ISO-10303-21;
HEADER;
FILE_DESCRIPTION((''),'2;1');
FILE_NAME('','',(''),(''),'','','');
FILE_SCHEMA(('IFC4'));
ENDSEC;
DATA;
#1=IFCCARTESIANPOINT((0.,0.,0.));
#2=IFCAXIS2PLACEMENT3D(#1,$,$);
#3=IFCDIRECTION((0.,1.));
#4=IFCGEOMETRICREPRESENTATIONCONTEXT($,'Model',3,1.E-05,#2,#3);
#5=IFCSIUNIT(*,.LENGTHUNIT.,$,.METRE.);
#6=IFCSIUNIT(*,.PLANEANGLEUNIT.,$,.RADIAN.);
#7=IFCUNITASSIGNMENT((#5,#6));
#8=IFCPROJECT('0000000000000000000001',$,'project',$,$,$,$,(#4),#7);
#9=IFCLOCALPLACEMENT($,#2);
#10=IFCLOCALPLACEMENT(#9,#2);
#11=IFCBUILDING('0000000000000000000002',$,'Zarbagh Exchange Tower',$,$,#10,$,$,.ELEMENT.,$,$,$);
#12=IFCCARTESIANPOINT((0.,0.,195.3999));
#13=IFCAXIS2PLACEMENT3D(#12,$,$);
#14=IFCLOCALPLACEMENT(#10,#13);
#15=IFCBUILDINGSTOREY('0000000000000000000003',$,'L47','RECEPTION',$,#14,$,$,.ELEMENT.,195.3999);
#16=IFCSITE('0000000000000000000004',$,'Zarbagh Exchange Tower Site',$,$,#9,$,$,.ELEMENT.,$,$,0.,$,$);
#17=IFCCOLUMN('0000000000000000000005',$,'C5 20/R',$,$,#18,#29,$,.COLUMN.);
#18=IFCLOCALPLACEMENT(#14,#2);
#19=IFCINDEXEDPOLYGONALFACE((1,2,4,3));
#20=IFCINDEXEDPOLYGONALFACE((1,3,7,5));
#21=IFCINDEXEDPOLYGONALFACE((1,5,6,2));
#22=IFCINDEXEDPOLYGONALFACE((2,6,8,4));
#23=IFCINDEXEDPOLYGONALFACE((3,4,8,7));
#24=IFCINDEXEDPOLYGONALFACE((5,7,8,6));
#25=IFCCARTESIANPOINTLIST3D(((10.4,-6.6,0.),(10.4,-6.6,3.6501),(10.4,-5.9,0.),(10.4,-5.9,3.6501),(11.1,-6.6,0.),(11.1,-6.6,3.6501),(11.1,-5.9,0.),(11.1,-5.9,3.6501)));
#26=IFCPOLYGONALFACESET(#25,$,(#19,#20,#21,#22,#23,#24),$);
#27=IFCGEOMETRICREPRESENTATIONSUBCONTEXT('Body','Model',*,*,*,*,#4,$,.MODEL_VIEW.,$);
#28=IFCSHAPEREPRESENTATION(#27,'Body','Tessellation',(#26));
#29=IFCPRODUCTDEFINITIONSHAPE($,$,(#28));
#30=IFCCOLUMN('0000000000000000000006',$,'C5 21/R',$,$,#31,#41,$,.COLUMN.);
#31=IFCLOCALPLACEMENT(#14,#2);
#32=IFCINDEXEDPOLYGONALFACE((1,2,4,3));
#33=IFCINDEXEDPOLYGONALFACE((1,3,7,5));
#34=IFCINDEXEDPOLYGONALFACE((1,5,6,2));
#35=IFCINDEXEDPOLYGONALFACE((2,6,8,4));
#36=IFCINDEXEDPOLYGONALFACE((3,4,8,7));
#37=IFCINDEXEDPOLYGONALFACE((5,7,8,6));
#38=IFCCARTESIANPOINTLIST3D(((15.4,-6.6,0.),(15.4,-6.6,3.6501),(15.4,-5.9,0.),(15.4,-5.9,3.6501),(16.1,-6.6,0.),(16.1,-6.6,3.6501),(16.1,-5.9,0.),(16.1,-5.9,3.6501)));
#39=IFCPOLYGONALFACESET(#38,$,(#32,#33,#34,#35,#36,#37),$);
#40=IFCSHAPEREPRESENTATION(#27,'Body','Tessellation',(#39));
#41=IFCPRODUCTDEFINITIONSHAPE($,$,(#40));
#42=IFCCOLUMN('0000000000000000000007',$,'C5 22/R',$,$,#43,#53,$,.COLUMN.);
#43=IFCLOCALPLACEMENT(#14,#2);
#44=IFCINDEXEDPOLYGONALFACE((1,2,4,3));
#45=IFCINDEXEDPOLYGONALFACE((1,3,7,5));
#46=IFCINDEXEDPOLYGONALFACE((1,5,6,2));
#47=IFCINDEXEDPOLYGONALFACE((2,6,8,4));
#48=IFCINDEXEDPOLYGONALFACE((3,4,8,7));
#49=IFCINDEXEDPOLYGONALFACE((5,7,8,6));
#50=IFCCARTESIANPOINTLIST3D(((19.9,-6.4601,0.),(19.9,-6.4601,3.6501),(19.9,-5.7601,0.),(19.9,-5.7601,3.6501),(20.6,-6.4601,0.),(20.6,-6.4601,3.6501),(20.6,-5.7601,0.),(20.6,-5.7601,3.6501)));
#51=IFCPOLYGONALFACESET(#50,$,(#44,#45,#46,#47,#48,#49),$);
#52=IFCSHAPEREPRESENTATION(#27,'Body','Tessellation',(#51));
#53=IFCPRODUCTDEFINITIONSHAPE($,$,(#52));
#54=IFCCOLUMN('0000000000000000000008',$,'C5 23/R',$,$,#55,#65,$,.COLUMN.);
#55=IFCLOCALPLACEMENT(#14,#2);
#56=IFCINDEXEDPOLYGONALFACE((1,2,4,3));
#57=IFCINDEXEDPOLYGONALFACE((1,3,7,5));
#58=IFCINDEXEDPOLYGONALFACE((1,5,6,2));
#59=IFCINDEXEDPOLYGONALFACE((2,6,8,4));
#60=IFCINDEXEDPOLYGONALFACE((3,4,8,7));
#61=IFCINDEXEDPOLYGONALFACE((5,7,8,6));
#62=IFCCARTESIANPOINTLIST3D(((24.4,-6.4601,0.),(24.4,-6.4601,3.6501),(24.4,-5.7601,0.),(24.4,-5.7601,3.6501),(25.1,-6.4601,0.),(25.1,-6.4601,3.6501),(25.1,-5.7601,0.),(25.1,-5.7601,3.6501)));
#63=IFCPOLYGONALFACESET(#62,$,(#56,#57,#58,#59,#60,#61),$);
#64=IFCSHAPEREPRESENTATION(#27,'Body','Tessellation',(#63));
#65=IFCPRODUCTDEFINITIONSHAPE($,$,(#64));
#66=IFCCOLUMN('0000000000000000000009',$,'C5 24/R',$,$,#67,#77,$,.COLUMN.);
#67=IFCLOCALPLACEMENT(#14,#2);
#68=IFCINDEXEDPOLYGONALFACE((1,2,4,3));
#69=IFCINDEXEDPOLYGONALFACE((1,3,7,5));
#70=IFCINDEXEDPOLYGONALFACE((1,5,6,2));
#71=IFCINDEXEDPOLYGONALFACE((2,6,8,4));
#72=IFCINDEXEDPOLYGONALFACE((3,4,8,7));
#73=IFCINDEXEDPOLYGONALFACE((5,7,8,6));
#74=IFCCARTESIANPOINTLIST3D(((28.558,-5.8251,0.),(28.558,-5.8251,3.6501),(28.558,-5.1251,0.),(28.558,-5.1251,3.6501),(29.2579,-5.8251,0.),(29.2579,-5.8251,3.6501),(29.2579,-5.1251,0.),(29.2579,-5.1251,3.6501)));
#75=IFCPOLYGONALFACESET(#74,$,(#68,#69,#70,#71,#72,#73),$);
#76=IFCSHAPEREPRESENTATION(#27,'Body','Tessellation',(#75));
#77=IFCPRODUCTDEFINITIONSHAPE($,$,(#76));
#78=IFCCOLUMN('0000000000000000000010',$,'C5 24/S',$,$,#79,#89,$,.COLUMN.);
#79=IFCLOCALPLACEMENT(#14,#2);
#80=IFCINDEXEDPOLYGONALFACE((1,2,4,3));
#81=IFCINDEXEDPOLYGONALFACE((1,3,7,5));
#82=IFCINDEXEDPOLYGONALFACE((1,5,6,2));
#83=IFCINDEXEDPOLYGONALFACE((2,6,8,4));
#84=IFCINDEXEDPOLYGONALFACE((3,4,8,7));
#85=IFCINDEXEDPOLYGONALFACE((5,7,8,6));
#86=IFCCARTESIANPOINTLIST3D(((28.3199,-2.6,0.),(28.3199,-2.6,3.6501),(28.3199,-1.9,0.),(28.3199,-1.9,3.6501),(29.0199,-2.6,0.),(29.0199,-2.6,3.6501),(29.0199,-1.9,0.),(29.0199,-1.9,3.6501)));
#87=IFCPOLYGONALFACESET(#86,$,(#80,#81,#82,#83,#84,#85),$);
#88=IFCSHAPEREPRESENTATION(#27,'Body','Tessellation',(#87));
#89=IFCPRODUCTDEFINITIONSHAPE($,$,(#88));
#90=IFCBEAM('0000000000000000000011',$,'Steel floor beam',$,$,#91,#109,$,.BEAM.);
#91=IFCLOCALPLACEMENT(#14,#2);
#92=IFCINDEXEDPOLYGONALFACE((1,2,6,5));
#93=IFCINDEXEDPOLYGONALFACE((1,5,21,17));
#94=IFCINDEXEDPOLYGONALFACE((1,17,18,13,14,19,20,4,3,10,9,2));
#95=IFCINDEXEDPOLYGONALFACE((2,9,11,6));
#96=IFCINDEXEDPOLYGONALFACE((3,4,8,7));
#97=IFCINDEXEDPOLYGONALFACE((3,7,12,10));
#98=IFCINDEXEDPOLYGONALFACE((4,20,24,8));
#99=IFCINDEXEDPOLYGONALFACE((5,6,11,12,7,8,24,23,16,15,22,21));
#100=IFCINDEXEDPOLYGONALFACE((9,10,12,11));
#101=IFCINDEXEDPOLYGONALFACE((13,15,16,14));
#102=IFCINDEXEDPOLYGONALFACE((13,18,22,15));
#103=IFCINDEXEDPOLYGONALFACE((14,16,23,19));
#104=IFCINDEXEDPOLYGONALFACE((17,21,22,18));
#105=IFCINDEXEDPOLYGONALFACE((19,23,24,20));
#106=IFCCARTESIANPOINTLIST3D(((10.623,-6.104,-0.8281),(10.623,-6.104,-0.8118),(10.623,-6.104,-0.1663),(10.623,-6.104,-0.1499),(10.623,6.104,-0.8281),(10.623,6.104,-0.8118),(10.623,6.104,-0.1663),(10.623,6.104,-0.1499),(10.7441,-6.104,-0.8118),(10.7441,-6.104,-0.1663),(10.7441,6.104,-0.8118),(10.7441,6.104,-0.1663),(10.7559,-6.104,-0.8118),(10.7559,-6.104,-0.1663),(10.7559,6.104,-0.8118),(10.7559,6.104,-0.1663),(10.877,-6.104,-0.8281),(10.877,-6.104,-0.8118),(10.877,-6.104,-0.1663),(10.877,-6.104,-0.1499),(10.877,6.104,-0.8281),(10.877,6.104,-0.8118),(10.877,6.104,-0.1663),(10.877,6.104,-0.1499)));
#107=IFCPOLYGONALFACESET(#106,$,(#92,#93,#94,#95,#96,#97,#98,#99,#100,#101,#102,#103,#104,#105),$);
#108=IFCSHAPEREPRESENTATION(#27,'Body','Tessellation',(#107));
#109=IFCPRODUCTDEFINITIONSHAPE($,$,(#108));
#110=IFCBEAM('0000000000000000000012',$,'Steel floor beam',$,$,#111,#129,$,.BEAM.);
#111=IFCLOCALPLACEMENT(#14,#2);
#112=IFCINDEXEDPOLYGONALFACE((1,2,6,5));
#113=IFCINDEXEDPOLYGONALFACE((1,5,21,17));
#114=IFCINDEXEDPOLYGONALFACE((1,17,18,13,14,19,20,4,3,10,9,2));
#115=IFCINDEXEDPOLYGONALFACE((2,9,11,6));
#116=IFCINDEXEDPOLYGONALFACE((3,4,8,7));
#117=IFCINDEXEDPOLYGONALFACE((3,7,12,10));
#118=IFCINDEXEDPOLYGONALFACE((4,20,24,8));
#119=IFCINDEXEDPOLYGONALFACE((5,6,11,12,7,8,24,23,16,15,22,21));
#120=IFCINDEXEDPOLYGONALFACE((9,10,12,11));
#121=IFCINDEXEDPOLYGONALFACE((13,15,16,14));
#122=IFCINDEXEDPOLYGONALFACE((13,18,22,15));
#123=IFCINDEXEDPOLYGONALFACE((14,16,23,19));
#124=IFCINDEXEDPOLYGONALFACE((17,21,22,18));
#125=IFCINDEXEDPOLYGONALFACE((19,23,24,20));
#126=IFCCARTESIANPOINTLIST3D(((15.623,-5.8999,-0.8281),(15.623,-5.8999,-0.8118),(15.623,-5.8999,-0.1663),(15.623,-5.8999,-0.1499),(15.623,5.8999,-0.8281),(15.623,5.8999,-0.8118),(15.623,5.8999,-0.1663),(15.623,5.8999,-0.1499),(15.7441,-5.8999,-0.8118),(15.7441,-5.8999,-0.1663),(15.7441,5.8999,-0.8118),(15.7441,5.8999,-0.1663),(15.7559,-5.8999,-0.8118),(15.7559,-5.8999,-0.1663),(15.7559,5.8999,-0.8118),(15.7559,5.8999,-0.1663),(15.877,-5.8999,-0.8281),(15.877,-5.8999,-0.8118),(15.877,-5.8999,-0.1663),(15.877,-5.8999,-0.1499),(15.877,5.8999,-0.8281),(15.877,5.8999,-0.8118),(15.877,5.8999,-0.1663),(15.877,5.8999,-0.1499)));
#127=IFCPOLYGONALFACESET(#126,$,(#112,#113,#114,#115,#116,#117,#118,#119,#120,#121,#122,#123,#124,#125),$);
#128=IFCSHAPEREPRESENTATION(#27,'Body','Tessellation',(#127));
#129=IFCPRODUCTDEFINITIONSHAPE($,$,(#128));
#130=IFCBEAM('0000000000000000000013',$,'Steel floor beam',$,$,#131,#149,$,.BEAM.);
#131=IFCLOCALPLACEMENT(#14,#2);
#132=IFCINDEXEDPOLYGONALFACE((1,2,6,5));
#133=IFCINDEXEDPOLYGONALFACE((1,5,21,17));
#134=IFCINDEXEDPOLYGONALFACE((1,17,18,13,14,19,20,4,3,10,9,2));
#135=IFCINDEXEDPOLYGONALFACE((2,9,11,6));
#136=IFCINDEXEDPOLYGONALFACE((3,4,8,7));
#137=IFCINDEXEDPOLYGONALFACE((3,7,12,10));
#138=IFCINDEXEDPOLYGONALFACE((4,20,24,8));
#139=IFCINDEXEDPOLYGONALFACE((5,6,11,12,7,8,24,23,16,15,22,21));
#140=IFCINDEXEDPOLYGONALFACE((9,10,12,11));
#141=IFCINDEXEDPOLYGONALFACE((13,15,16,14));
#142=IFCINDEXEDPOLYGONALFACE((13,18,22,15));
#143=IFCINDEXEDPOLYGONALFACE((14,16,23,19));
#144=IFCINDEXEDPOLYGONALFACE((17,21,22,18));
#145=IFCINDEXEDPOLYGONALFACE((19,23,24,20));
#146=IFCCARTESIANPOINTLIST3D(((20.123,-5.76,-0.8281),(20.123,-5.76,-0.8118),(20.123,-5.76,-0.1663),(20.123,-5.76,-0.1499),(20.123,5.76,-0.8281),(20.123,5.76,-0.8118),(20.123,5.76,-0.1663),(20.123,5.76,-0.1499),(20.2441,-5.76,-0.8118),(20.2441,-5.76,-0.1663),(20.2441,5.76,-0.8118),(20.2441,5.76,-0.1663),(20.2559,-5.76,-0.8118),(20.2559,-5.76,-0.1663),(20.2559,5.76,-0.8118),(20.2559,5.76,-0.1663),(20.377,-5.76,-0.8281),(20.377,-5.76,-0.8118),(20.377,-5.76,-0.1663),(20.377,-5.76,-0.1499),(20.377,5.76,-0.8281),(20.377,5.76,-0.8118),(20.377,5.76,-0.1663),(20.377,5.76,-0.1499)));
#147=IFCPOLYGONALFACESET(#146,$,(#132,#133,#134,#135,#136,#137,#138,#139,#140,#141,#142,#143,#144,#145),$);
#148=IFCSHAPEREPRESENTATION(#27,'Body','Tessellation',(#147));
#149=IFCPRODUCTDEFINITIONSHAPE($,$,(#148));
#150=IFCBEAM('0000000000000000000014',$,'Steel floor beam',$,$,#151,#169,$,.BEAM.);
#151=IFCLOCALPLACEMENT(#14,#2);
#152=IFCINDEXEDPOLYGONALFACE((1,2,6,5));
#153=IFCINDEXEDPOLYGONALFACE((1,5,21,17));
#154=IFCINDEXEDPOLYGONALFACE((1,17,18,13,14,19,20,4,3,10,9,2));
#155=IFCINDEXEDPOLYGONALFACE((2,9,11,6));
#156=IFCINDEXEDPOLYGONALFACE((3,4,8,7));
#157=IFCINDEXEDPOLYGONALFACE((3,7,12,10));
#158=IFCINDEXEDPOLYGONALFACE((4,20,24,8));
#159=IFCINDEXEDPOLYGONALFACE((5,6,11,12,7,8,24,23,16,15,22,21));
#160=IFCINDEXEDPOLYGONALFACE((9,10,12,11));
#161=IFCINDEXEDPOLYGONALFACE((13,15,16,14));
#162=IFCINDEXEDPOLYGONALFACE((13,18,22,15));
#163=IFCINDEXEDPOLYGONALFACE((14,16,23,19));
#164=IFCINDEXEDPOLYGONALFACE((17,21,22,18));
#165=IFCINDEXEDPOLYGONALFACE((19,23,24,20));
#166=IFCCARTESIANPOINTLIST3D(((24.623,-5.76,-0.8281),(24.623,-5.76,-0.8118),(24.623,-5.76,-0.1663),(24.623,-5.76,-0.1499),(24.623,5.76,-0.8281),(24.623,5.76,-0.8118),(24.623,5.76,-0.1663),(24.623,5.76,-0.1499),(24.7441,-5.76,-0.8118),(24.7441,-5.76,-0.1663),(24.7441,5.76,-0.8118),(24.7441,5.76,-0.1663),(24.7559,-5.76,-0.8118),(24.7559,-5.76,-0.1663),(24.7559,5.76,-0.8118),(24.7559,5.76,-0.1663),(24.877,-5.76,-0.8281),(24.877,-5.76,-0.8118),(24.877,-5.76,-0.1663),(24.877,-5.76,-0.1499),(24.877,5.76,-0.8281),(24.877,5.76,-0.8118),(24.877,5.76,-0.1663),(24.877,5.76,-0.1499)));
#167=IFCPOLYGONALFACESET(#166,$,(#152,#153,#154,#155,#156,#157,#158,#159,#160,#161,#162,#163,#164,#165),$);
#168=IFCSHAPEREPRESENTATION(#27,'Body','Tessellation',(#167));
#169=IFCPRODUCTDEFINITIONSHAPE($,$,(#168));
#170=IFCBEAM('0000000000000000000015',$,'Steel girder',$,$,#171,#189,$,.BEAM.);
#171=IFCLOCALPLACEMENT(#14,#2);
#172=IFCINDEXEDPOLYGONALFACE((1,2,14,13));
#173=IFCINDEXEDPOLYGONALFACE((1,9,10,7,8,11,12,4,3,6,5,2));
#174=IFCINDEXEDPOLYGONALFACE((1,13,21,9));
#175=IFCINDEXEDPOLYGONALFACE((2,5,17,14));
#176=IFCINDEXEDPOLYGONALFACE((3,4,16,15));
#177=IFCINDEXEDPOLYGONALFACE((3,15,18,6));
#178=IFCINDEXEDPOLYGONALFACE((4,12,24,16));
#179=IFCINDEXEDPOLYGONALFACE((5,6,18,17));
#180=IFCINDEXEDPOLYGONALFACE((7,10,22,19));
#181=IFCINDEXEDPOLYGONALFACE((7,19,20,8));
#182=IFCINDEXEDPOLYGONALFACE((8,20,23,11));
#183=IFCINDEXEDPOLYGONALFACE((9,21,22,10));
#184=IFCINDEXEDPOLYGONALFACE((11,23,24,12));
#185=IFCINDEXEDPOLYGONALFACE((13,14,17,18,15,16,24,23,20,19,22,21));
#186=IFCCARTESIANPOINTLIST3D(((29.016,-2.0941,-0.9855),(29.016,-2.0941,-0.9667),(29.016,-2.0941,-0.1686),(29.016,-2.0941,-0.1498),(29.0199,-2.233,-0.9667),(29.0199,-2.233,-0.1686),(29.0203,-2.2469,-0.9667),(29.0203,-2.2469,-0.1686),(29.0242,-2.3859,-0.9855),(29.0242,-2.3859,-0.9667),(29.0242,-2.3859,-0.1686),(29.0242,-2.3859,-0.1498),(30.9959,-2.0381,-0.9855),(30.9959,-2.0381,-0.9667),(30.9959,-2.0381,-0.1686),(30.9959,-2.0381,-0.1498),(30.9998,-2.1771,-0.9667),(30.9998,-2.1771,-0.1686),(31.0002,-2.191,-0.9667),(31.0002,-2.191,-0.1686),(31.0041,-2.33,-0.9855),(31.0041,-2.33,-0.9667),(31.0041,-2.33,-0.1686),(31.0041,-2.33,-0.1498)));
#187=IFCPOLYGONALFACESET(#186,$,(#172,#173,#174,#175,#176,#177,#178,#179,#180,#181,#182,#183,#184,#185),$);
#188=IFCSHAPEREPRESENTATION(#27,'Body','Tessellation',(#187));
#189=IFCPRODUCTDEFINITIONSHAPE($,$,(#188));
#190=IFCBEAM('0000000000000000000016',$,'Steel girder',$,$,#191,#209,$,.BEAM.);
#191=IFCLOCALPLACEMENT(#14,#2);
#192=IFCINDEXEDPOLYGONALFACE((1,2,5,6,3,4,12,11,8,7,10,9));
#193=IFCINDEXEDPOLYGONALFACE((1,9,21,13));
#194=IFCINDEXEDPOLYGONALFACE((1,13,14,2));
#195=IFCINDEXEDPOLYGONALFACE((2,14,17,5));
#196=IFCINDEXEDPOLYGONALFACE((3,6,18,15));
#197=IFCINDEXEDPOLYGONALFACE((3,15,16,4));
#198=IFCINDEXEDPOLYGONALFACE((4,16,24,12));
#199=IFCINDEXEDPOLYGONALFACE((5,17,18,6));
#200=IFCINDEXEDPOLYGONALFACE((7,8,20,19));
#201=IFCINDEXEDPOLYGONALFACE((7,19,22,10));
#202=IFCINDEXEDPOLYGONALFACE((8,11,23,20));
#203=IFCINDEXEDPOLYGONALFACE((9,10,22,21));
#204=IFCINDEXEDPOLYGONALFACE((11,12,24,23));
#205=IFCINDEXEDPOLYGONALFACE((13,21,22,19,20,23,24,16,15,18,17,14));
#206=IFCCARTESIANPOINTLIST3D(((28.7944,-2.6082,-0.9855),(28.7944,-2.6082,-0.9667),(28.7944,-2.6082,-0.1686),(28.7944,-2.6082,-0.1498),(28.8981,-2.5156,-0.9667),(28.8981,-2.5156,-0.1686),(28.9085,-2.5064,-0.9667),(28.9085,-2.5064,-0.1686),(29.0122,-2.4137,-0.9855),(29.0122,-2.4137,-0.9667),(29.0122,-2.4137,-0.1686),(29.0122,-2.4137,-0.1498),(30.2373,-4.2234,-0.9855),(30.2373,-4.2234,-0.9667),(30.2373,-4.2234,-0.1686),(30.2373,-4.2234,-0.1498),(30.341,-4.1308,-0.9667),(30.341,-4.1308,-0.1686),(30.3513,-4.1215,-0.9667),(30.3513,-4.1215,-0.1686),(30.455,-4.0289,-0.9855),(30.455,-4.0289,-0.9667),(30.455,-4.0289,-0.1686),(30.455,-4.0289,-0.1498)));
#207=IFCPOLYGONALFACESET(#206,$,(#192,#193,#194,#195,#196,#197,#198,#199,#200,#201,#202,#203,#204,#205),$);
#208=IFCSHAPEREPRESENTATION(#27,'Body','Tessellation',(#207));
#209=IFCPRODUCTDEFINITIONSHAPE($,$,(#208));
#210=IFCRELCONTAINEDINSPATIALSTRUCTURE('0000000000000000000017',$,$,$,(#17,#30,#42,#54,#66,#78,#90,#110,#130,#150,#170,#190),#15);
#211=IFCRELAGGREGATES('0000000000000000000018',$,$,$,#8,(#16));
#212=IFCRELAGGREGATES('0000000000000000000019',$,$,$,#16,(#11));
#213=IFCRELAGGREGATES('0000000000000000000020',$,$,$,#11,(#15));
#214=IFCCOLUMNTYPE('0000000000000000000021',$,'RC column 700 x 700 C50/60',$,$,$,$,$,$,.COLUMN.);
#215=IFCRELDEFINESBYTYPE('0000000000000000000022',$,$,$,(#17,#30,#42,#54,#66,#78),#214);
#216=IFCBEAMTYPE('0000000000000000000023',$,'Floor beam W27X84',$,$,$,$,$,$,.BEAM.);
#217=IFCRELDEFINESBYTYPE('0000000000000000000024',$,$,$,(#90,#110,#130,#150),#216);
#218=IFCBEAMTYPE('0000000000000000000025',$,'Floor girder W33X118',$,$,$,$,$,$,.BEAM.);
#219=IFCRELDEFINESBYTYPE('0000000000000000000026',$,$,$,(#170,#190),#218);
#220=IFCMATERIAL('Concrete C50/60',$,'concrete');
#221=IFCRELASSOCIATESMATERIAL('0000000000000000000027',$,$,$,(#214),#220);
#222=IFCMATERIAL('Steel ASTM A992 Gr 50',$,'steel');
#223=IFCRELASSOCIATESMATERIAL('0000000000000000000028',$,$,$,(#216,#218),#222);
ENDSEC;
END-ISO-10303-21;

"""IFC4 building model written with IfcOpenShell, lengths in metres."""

from ifc_helpers import new_model, si_unit, direction, frame, origin, origin_2d, place, context, subcontext, project, spatial, rectangle, i_section, extrude, material, material_profile, profile_set, type_object, element, save


model = new_model("IFC4")

# Units and contexts
model_context = context("Model", 3, precision=1e-05, world=origin(), true_north=direction((0.0, 1.0)))
body_context = subcontext(model_context, "Body", "Model", "MODEL_VIEW")
ifc_project = project(units=[si_unit("LENGTHUNIT", "METRE"), si_unit("PLANEANGLEUNIT", "RADIAN")], contexts=[model_context])

# Site, building, storey
site_placement = place(None, origin())
site = spatial("IfcSite", under=ifc_project, at=site_placement, Name="Zarbagh Exchange Tower Site", CompositionType="ELEMENT", RefElevation=0.0)
building_placement = place(site_placement, origin())
building = spatial("IfcBuilding", under=site, at=building_placement, Name="Zarbagh Exchange Tower", CompositionType="ELEMENT")
storey_placement = place(building_placement, frame((0.0, 0.0, 195.3999)))
storey = spatial("IfcBuildingStorey", under=building, at=storey_placement, Name="L47", Description="RECEPTION", CompositionType="ELEMENT", Elevation=195.3999)

# Columns
ifc_material_1 = material(Name="Concrete C50/60", Category="concrete")
ifc_material_profile_1 = material_profile(ifc_material_1, rectangle(XDim=0.7, YDim=0.7, at=origin_2d()), Name="RC column 700 x 700 C50/60")
ifc_profile_set_1 = profile_set([ifc_material_profile_1], Name="Concrete C50/60")
column_type = type_object("IfcColumnType", Name="RC column 700 x 700 C50/60", PredefinedType="COLUMN", material=ifc_profile_set_1)
for number, where, z_axis, x_axis, name in (
    (1, (10.75, -6.25, 0.0), (0.0, 0.0, 1.0), (1.0, 0.0, 0.0), "C5 20/R"),
    (2, (15.75, -6.25, 0.0), (0.0, 0.0, 1.0), (1.0, 0.0, 0.0), "C5 21/R"),
    (3, (20.25, -6.1101, 0.0), (0.0, 0.0, 1.0), (1.0, 0.0, 0.0), "C5 22/R"),
    (4, (24.75, -6.1101, 0.0), (0.0, 0.0, 1.0), (1.0, 0.0, 0.0), "C5 23/R"),
    (5, (28.908, -5.4751, 0.0), (0.0, 0.0, 1.0), (1.0, 0.0, 0.0), "C5 24/R"),
    (6, (28.6699, -2.25, 0.0), (0.0, 0.0, 1.0), (1.0, 0.0, 0.0), "C5 24/S"),
):
    element("IfcColumn", number, at=place(storey_placement, frame(where, z_axis=z_axis, x_axis=x_axis)), inside=storey, type_object=column_type, Name=name, PredefinedType="COLUMN", context=body_context, shape_type="SweptSolid", body=[
        extrude(rectangle(XDim=0.7, YDim=0.7, at=origin_2d()), origin(), (0.0, 0.0, 1.0), 3.6501),
    ])

# Beams
ifc_material_2 = material(Name="Steel ASTM A992 Gr 50", Category="steel")
ifc_material_profile_2 = material_profile(ifc_material_2, i_section(OverallWidth=0.2539, OverallDepth=0.6782, WebThickness=0.0117, FlangeThickness=0.0164, at=origin_2d()), Name="W27X84")
ifc_profile_set_2 = profile_set([ifc_material_profile_2], Name="Steel ASTM A992 Gr 50")
beam_type_1 = type_object("IfcBeamType", Name="Floor beam W27X84", PredefinedType="BEAM", material=ifc_profile_set_2)
beam_1_placement = place(storey_placement, frame((10.75, -6.104, -0.489), z_axis=(0.0, 1.0, 0.0), x_axis=(-1.0, 0.0, 0.0)))
element("IfcBeam", 7, at=beam_1_placement, inside=storey, type_object=beam_type_1, Name="Steel floor beam", PredefinedType="BEAM", context=body_context, shape_type="SweptSolid", body=[
    extrude(i_section(OverallWidth=0.2539, OverallDepth=0.6782, WebThickness=0.0117, FlangeThickness=0.0164, at=origin_2d()), origin(), (0.0, 0.0, 1.0), 12.208),
])
beam_2_placement = place(storey_placement, frame((15.75, -5.8999, -0.489), z_axis=(0.0, 1.0, 0.0), x_axis=(-1.0, 0.0, 0.0)))
element("IfcBeam", 8, at=beam_2_placement, inside=storey, type_object=beam_type_1, Name="Steel floor beam", PredefinedType="BEAM", context=body_context, shape_type="SweptSolid", body=[
    extrude(i_section(OverallWidth=0.2539, OverallDepth=0.6782, WebThickness=0.0117, FlangeThickness=0.0164, at=origin_2d()), origin(), (0.0, 0.0, 1.0), 11.7998),
])
for number, where, z_axis, x_axis, name in (
    (9, (20.25, -5.76, -0.489), (0.0, 1.0, 0.0), (-1.0, 0.0, 0.0), "Steel floor beam"),
    (10, (24.75, -5.76, -0.489), (0.0, 1.0, 0.0), (-1.0, 0.0, 0.0), "Steel floor beam"),
):
    element("IfcBeam", number, at=place(storey_placement, frame(where, z_axis=z_axis, x_axis=x_axis)), inside=storey, type_object=beam_type_1, Name=name, PredefinedType="BEAM", context=body_context, shape_type="SweptSolid", body=[
        extrude(i_section(OverallWidth=0.2539, OverallDepth=0.6782, WebThickness=0.0117, FlangeThickness=0.0164, at=origin_2d()), origin(), (0.0, 0.0, 1.0), 11.52),
    ])
ifc_material_profile_3 = material_profile(ifc_material_2, i_section(OverallWidth=0.292, OverallDepth=0.8357, WebThickness=0.0139, FlangeThickness=0.0188, at=origin_2d()), Name="W33X118")
ifc_profile_set_3 = profile_set([ifc_material_profile_3], Name="Steel ASTM A992 Gr 50")
beam_type_2 = type_object("IfcBeamType", Name="Floor girder W33X118", PredefinedType="BEAM", material=ifc_profile_set_3)
beam_3_placement = place(storey_placement, frame((31.0, -2.1841, -0.5676), z_axis=(-0.999602, -0.028225, 0.0), x_axis=(0.028225, -0.999602, 0.0)))
element("IfcBeam", 11, at=beam_3_placement, inside=storey, type_object=beam_type_2, Name="Steel girder", PredefinedType="BEAM", context=body_context, shape_type="SweptSolid", body=[
    extrude(i_section(OverallWidth=0.292, OverallDepth=0.8357, WebThickness=0.0139, FlangeThickness=0.0188, at=origin_2d()), origin(), (0.0, 0.0, 1.0), 1.9807),
])
beam_4_placement = place(storey_placement, frame((28.9033, -2.511, -0.5676), z_axis=(0.666195, -0.745778, 0.0), x_axis=(0.745778, 0.666195, 0.0)))
element("IfcBeam", 12, at=beam_4_placement, inside=storey, type_object=beam_type_2, Name="Steel girder", PredefinedType="BEAM", context=body_context, shape_type="SweptSolid", body=[
    extrude(i_section(OverallWidth=0.292, OverallDepth=0.8357, WebThickness=0.0139, FlangeThickness=0.0188, at=origin_2d()), origin(), (0.0, 0.0, 1.0), 2.1658),
])

save(model, "model.ifc")
